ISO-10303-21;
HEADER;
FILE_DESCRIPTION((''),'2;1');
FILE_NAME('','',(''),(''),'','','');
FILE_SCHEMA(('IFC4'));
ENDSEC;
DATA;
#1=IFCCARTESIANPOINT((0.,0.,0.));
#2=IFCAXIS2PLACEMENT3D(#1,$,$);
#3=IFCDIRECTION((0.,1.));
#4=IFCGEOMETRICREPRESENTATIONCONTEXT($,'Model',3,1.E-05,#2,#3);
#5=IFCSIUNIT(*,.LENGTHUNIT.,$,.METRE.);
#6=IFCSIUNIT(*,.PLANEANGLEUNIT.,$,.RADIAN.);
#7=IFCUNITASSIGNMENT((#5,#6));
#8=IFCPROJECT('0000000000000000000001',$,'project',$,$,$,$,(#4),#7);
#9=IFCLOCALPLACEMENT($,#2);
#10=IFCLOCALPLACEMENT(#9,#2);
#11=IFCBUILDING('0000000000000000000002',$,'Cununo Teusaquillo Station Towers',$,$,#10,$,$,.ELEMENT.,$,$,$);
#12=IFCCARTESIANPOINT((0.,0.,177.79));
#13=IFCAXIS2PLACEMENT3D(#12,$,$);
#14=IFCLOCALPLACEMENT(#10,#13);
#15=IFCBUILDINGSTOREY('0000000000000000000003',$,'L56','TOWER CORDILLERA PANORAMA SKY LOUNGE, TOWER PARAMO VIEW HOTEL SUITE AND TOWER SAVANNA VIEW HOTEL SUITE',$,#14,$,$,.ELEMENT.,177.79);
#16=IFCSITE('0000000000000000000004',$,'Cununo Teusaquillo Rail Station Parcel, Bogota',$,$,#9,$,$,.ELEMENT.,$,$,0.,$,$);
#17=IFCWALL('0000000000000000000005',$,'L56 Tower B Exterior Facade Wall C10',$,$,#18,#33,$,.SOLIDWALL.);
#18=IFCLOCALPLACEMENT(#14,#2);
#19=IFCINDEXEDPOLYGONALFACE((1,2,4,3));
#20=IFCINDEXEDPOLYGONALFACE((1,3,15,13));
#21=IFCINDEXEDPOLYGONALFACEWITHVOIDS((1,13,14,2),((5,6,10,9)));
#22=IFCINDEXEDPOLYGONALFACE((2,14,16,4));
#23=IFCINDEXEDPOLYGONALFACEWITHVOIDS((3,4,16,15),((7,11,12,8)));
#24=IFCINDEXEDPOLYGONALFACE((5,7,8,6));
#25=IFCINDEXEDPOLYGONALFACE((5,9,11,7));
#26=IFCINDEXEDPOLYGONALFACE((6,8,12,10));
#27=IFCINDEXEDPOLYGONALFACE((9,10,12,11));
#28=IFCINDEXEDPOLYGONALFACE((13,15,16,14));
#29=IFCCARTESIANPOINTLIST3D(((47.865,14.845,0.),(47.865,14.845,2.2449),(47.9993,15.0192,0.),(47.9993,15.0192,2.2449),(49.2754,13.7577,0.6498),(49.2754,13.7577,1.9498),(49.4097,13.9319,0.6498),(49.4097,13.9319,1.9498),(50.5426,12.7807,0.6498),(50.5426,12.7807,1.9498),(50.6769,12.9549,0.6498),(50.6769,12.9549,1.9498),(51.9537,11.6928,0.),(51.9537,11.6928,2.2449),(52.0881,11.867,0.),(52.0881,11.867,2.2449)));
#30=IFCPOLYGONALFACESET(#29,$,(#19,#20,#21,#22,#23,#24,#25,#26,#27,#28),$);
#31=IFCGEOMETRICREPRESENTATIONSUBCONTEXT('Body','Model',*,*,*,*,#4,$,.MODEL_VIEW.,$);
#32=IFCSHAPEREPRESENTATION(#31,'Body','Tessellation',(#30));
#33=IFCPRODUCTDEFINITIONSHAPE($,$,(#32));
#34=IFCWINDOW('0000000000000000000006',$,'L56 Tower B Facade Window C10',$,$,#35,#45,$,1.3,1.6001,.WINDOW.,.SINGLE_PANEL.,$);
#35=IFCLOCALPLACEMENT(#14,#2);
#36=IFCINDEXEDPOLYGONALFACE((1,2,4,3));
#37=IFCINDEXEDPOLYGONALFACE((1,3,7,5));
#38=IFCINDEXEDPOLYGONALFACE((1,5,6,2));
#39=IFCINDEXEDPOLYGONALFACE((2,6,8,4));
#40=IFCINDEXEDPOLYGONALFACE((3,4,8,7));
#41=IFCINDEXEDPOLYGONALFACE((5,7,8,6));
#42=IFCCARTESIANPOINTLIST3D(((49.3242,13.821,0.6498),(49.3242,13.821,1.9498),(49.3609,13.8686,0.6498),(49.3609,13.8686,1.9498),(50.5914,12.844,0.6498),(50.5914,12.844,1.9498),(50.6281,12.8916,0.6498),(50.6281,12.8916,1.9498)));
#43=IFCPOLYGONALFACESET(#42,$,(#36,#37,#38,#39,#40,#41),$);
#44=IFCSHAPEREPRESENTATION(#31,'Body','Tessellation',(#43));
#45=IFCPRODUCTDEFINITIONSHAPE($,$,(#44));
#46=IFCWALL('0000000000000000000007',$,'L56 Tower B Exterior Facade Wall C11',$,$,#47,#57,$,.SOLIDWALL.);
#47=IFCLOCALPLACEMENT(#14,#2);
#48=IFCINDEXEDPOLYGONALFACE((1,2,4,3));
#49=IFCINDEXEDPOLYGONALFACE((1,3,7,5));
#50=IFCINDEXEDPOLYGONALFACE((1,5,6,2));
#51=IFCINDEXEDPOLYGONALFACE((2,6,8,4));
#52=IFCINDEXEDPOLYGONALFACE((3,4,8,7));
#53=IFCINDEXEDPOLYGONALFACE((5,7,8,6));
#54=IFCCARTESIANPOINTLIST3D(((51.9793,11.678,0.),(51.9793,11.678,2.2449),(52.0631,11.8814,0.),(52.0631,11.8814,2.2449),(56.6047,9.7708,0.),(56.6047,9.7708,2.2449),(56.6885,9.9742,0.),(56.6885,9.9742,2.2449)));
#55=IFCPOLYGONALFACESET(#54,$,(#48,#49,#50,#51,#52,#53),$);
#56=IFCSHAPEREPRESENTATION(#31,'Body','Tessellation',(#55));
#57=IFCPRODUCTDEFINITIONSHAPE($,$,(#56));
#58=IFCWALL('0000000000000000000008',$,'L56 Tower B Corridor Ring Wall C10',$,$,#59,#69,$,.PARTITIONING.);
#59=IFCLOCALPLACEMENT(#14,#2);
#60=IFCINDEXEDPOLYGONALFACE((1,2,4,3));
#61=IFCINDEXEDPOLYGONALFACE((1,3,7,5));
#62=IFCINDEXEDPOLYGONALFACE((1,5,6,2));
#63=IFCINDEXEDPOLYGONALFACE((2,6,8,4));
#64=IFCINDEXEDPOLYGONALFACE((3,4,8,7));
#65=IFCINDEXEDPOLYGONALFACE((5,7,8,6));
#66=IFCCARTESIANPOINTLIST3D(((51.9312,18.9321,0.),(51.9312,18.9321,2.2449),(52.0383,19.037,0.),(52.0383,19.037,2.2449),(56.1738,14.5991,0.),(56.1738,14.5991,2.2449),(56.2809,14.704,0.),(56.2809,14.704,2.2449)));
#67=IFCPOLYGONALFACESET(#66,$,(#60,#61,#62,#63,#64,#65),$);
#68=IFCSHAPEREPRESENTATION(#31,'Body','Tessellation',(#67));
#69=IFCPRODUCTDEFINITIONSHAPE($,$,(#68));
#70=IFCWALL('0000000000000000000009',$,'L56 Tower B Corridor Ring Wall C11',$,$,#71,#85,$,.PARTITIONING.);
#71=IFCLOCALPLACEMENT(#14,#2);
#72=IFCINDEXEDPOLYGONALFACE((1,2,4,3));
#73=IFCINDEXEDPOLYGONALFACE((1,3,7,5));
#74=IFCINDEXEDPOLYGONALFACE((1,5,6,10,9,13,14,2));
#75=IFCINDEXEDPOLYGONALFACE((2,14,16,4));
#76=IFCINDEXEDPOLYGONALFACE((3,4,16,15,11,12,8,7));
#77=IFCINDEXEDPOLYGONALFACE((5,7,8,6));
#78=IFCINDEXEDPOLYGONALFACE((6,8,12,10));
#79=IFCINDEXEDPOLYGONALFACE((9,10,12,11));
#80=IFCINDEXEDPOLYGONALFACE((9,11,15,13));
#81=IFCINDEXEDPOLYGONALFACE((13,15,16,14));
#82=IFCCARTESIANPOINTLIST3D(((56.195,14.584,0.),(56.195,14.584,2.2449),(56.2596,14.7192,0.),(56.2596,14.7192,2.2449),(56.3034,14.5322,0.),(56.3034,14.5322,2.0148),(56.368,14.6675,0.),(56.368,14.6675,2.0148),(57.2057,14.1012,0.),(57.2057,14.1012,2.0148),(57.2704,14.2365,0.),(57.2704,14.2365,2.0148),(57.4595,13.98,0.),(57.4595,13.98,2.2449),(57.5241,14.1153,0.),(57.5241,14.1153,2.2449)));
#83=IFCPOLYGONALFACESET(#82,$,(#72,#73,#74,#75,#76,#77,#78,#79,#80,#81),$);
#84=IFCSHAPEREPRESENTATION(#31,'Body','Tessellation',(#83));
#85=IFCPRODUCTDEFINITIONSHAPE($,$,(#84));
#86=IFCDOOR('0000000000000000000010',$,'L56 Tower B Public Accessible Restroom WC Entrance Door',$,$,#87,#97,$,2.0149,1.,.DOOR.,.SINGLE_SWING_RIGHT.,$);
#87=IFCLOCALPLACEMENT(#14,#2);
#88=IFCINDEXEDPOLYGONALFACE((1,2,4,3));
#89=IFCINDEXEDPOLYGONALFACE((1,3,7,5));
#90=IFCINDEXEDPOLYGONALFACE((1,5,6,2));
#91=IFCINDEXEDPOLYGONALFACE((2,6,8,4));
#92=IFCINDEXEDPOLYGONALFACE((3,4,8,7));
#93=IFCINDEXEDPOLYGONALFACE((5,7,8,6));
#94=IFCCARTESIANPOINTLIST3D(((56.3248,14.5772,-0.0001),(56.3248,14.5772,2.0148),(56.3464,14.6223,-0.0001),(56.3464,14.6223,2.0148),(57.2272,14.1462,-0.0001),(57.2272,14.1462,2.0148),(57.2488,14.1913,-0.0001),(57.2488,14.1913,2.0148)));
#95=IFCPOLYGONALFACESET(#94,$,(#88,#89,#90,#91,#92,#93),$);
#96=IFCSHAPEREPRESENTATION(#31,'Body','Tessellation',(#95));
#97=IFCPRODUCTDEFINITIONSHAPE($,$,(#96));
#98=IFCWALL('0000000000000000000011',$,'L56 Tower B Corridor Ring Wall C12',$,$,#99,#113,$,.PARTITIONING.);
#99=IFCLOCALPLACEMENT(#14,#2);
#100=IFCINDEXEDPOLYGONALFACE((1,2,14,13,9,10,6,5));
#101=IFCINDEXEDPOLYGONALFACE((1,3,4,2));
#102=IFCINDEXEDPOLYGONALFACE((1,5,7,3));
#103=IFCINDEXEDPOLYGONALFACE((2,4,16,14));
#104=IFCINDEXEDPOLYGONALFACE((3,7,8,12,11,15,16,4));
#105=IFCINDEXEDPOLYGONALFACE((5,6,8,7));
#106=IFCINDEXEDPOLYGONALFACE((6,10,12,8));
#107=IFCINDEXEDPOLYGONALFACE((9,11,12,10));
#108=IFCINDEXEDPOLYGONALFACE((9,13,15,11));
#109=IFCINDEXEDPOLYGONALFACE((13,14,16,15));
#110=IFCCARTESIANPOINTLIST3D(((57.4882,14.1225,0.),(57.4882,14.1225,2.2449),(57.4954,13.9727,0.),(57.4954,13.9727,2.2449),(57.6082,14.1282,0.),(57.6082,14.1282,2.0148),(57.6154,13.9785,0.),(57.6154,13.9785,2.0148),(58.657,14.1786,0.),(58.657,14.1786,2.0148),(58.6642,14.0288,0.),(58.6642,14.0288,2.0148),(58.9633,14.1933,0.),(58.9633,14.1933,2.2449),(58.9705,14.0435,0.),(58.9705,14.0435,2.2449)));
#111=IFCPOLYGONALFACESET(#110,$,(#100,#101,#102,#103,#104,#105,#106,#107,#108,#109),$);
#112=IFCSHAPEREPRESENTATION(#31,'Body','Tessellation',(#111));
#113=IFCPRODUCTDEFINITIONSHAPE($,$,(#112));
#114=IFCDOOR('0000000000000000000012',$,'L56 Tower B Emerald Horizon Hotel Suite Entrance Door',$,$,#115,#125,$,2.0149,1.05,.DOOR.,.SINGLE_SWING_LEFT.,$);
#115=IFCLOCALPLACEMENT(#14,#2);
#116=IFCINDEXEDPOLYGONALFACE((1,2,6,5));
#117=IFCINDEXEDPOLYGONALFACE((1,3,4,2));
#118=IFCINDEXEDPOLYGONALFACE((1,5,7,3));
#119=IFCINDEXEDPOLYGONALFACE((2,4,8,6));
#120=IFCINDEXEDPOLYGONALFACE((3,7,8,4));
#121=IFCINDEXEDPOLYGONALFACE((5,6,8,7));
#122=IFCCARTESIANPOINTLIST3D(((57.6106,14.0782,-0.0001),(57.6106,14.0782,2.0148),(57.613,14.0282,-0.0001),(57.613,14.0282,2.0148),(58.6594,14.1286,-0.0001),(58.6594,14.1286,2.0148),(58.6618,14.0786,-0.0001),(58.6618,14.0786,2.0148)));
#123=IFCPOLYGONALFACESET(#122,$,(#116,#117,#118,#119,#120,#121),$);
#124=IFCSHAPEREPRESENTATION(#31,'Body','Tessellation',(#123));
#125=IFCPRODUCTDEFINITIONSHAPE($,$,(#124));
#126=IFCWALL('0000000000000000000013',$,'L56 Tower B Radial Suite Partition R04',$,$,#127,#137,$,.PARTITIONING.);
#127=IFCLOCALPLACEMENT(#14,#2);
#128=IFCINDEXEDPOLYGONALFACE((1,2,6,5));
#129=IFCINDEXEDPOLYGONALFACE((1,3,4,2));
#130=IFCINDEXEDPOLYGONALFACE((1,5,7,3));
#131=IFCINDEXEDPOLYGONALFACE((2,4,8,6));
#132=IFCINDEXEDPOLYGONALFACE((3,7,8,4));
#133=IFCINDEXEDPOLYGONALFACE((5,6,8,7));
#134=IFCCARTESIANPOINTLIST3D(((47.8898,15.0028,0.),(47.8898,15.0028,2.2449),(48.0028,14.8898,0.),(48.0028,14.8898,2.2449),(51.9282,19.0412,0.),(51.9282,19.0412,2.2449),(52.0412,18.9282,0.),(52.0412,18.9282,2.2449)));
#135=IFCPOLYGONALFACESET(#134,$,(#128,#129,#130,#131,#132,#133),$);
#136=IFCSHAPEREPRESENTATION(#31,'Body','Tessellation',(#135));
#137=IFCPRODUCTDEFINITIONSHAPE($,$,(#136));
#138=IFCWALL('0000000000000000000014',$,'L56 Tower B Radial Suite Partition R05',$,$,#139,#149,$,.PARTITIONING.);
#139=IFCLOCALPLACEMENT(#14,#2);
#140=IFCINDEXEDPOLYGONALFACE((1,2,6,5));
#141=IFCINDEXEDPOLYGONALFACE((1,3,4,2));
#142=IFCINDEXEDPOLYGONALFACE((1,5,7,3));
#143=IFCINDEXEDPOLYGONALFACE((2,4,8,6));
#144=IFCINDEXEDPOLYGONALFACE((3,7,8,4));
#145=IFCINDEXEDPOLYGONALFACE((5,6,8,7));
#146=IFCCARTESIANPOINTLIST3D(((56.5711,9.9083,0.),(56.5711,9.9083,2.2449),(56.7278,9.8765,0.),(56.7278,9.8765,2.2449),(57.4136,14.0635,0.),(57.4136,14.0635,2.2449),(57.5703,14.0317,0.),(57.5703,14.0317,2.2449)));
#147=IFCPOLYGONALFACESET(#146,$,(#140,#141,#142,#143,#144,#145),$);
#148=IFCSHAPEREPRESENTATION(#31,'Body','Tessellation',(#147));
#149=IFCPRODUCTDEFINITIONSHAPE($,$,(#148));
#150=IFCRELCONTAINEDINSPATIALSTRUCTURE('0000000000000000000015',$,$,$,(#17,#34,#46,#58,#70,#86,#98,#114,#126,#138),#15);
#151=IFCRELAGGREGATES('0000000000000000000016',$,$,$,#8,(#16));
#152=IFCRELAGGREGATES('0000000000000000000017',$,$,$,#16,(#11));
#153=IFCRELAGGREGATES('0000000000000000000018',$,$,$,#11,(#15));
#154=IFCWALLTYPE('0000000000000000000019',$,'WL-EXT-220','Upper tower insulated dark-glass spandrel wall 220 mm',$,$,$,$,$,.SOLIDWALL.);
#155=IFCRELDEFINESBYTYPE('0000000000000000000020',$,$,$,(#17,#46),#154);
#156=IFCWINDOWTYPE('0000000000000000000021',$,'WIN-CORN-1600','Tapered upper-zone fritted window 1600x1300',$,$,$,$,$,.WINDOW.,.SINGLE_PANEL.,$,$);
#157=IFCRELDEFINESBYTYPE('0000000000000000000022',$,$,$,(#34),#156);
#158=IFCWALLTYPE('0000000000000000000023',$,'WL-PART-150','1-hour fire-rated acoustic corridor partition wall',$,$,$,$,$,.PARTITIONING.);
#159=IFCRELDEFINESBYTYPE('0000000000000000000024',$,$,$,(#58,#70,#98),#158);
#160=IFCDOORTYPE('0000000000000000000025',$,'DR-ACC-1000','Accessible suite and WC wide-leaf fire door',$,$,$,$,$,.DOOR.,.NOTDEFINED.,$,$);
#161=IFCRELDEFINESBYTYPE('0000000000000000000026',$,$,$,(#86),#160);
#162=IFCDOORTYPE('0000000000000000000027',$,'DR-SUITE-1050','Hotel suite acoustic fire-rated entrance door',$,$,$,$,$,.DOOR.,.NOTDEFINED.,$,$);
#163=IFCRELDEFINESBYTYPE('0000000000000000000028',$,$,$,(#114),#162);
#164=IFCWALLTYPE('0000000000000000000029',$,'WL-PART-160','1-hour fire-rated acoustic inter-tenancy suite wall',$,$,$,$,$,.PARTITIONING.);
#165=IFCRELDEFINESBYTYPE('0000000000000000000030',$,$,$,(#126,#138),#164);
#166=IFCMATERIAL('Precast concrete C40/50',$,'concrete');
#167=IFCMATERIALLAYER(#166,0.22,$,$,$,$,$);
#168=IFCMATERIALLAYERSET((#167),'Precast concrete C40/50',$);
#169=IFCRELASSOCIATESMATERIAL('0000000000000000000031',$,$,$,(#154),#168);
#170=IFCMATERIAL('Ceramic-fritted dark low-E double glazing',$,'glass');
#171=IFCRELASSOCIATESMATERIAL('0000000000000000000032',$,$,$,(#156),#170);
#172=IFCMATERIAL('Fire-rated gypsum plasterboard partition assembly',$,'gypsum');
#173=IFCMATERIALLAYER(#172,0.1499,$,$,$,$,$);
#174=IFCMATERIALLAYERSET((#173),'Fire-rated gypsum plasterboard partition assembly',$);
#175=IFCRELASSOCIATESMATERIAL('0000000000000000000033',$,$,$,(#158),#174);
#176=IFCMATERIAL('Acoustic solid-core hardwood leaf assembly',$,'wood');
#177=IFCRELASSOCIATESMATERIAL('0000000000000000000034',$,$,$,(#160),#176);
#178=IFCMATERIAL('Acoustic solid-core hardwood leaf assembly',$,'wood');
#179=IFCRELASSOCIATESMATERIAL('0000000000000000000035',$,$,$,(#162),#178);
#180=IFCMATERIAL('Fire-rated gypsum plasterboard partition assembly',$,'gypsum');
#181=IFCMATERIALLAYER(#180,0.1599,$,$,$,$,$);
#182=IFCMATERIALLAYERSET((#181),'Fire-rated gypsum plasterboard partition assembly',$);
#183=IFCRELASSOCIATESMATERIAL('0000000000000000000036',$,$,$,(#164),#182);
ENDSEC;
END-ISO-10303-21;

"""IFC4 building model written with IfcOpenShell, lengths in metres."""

from ifc_helpers import new_model, si_unit, direction, frame, frame_2d, origin, place, context, subcontext, project, spatial, rectangle, extrude, source, transform, mapped, material, layer, layer_set, type_object, element, fill, save


model = new_model("IFC4")

# Units and contexts
model_context = context("Model", 3, precision=1e-05, world=origin(), true_north=direction((0.0, 1.0)))
body_context = subcontext(model_context, "Body", "Model", "MODEL_VIEW")
ifc_project = project(units=[si_unit("LENGTHUNIT", "METRE"), si_unit("PLANEANGLEUNIT", "RADIAN")], contexts=[model_context])

# Site, building, storey
site_placement = place(None, origin())
site = spatial("IfcSite", under=ifc_project, at=site_placement, Name="Cununo Teusaquillo Rail Station Parcel, Bogota", CompositionType="ELEMENT", RefElevation=0.0)
building_placement = place(site_placement, origin())
building = spatial("IfcBuilding", under=site, at=building_placement, Name="Cununo Teusaquillo Station Towers", CompositionType="ELEMENT")
storey_placement = place(building_placement, frame((0.0, 0.0, 177.79)))
storey = spatial("IfcBuildingStorey", under=building, at=storey_placement, Name="L56", Description="TOWER CORDILLERA PANORAMA SKY LOUNGE, TOWER PARAMO VIEW HOTEL SUITE AND TOWER SAVANNA VIEW HOTEL SUITE", CompositionType="ELEMENT", Elevation=177.79)

# Wall, opening, window
ifc_material_1 = material(Name="Precast concrete C40/50", Category="concrete")
ifc_layer_1 = layer(ifc_material_1, 0.22)
ifc_layer_set_1 = layer_set([ifc_layer_1], Name="Precast concrete C40/50")
wall_type_1 = type_object("IfcWallType", Name="WL-EXT-220", Description="Upper tower insulated dark-glass spandrel wall 220 mm", PredefinedType="SOLIDWALL", material=ifc_layer_set_1)
wall_1_placement = place(storey_placement, frame((52.021, 11.7798, 0.0), z_axis=(0.0, 0.0, 1.0), x_axis=(-0.791963, 0.61057, 0.0)))
wall_1 = element("IfcWall", 1, at=wall_1_placement, inside=storey, type_object=wall_type_1, Name="L56 Tower B Exterior Facade Wall C10", PredefinedType="SOLIDWALL", context=body_context, shape_type="SweptSolid", body=[
    extrude(rectangle(XDim=5.1628, YDim=0.22, at=frame_2d((2.5815, 0.0))), origin(), (0.0, 0.0, 1.0), 2.2449),
])
shared_shape_1 = source(origin(), body_context, "Body", "SweptSolid", [
    extrude(rectangle(XDim=1.6001, YDim=1.3, at=frame_2d((0.8, 0.6499))), frame((0.0, 0.1199, 0.0), z_axis=(0.0, -1.0, 0.0), x_axis=(1.0, 0.0, 0.0)), (0.0, 0.0, 1.0), 0.24),
])
opening_1_placement = place(wall_1_placement, frame((1.782, 0.0, 0.6499)))
opening_1 = element("IfcOpeningElement", 2, at=opening_1_placement, cuts=wall_1, PredefinedType="OPENING", context=body_context, shape_type="MappedRepresentation", body=[
    mapped(shared_shape_1, transform((0.0, 0.0, 0.0), x_axis=(1.0, 0.0, 0.0), y_axis=(0.0, 1.0, 0.0), z_axis=(0.0, 0.0, 1.0), scale=1.0)),
])
ifc_material_2 = material(Name="Ceramic-fritted dark low-E double glazing", Category="glass")
window_type = type_object("IfcWindowType", Name="WIN-CORN-1600", Description="Tapered upper-zone fritted window 1600x1300", PartitioningType="SINGLE_PANEL", PredefinedType="WINDOW", material=ifc_material_2)
shared_shape_2 = source(origin(), body_context, "Body", "SweptSolid", [
    extrude(rectangle(XDim=1.6001, YDim=1.3, at=frame_2d((0.8, 0.6499))), frame((0.0, 0.03, 0.0), z_axis=(0.0, -1.0, 0.0), x_axis=(1.0, 0.0, 0.0)), (0.0, 0.0, 1.0), 0.0601),
])
window_placement = place(opening_1_placement, origin())
window = element("IfcWindow", 3, at=window_placement, inside=storey, type_object=window_type, Name="L56 Tower B Facade Window C10", OverallHeight=1.3, OverallWidth=1.6001, PartitioningType="SINGLE_PANEL", PredefinedType="WINDOW", context=body_context, shape_type="MappedRepresentation", body=[
    mapped(shared_shape_2, transform((0.0, 0.0, 0.0), x_axis=(1.0, 0.0, 0.0), y_axis=(0.0, 1.0, 0.0), z_axis=(0.0, 0.0, 1.0), scale=1.0)),
])
fill(opening_1, window)

# Walls
wall_2_placement = place(storey_placement, frame((56.6465, 9.8726, 0.0), z_axis=(0.0, 0.0, 1.0), x_axis=(-0.924494, 0.381196, 0.0)))
element("IfcWall", 4, at=wall_2_placement, inside=storey, type_object=wall_type_1, Name="L56 Tower B Exterior Facade Wall C11", PredefinedType="SOLIDWALL", context=body_context, shape_type="SweptSolid", body=[
    extrude(rectangle(XDim=5.0032, YDim=0.22, at=frame_2d((2.5015, 0.0))), origin(), (0.0, 0.0, 1.0), 2.2449),
])
ifc_material_3 = material(Name="Fire-rated gypsum plasterboard partition assembly", Category="gypsum")
ifc_layer_2 = layer(ifc_material_3, 0.1499)
ifc_layer_set_2 = layer_set([ifc_layer_2], Name="Fire-rated gypsum plasterboard partition assembly")
wall_type_2 = type_object("IfcWallType", Name="WL-PART-150", Description="1-hour fire-rated acoustic corridor partition wall", PredefinedType="PARTITIONING", material=ifc_layer_set_2)
wall_3_placement = place(storey_placement, frame((51.9846, 18.9846, 0.0), z_axis=(0.0, 0.0, 1.0), x_axis=(0.69962, -0.714515, 0.0)))
element("IfcWall", 5, at=wall_3_placement, inside=storey, type_object=wall_type_2, Name="L56 Tower B Corridor Ring Wall C10", PredefinedType="PARTITIONING", context=body_context, shape_type="SweptSolid", body=[
    extrude(rectangle(XDim=6.0642, YDim=0.1499, at=frame_2d((3.0322, 0.0))), origin(), (0.0, 0.0, 1.0), 2.2449),
])

# Walls, openings, doors
wall_4_placement = place(storey_placement, frame((56.2273, 14.6516, 0.0), z_axis=(0.0, 0.0, 1.0), x_axis=(0.902364, -0.430975, 0.0)))
wall_4 = element("IfcWall", 6, at=wall_4_placement, inside=storey, type_object=wall_type_2, Name="L56 Tower B Corridor Ring Wall C11", PredefinedType="PARTITIONING", context=body_context, shape_type="SweptSolid", body=[
    extrude(rectangle(XDim=1.4014, YDim=0.1499, at=frame_2d((0.7007, 0.0))), origin(), (0.0, 0.0, 1.0), 2.2449),
])
shared_shape_3 = source(origin(), body_context, "Body", "SweptSolid", [
    extrude(rectangle(XDim=1.0, YDim=2.0149, at=frame_2d((0.5, 1.0073))), frame((0.0, 0.085, 0.0), z_axis=(0.0, -1.0, 0.0), x_axis=(1.0, 0.0, 0.0)), (0.0, 0.0, 1.0), 0.1699),
])
opening_2_placement = place(wall_4_placement, frame((0.1201, 0.0, 0.0)))
opening_2 = element("IfcOpeningElement", 7, at=opening_2_placement, cuts=wall_4, PredefinedType="OPENING", context=body_context, shape_type="MappedRepresentation", body=[
    mapped(shared_shape_3, transform((0.0, 0.0, 0.0), x_axis=(1.0, 0.0, 0.0), y_axis=(0.0, 1.0, 0.0), z_axis=(0.0, 0.0, 1.0), scale=1.0)),
])
ifc_material_4 = material(Name="Acoustic solid-core hardwood leaf assembly", Category="wood")
door_type_1 = type_object("IfcDoorType", Name="DR-ACC-1000", Description="Accessible suite and WC wide-leaf fire door", OperationType="NOTDEFINED", PredefinedType="DOOR", material=ifc_material_4)
shared_shape_4 = source(origin(), body_context, "Body", "SweptSolid", [
    extrude(rectangle(XDim=1.0, YDim=2.0149, at=frame_2d((0.5, 1.0073))), frame((0.0, 0.0249, 0.0), z_axis=(0.0, -1.0, 0.0), x_axis=(1.0, 0.0, 0.0)), (0.0, 0.0, 1.0), 0.05),
])
door_1_placement = place(opening_2_placement, origin())
door_1 = element("IfcDoor", 8, at=door_1_placement, inside=storey, type_object=door_type_1, Name="L56 Tower B Public Accessible Restroom WC Entrance Door", OperationType="SINGLE_SWING_RIGHT", OverallHeight=2.0149, OverallWidth=1.0, PredefinedType="DOOR", context=body_context, shape_type="MappedRepresentation", body=[
    mapped(shared_shape_4, transform((0.0, 0.0, 0.0), x_axis=(1.0, 0.0, 0.0), y_axis=(0.0, 1.0, 0.0), z_axis=(0.0, 0.0, 1.0), scale=1.0)),
])
fill(opening_2, door_1)
wall_5_placement = place(storey_placement, frame((57.4919, 14.0476, 0.0), z_axis=(0.0, 0.0, 1.0), x_axis=(0.99885, 0.047942, 0.0)))
wall_5 = element("IfcWall", 9, at=wall_5_placement, inside=storey, type_object=wall_type_2, Name="L56 Tower B Corridor Ring Wall C12", PredefinedType="PARTITIONING", context=body_context, shape_type="SweptSolid", body=[
    extrude(rectangle(XDim=1.4768, YDim=0.1499, at=frame_2d((0.7383, 0.0))), origin(), (0.0, 0.0, 1.0), 2.2449),
])
shared_shape_5 = source(origin(), body_context, "Body", "SweptSolid", [
    extrude(rectangle(XDim=1.05, YDim=2.0149, at=frame_2d((0.5249, 1.0073))), frame((0.0, 0.085, 0.0), z_axis=(0.0, -1.0, 0.0), x_axis=(1.0, 0.0, 0.0)), (0.0, 0.0, 1.0), 0.1699),
])
opening_3_placement = place(wall_5_placement, frame((0.1201, 0.0, 0.0)))
opening_3 = element("IfcOpeningElement", 10, at=opening_3_placement, cuts=wall_5, PredefinedType="OPENING", context=body_context, shape_type="MappedRepresentation", body=[
    mapped(shared_shape_5, transform((0.0, 0.0, 0.0), x_axis=(1.0, 0.0, 0.0), y_axis=(0.0, 1.0, 0.0), z_axis=(0.0, 0.0, 1.0), scale=1.0)),
])
ifc_material_5 = material(Name="Acoustic solid-core hardwood leaf assembly", Category="wood")
door_type_2 = type_object("IfcDoorType", Name="DR-SUITE-1050", Description="Hotel suite acoustic fire-rated entrance door", OperationType="NOTDEFINED", PredefinedType="DOOR", material=ifc_material_5)
shared_shape_6 = source(origin(), body_context, "Body", "SweptSolid", [
    extrude(rectangle(XDim=1.05, YDim=2.0149, at=frame_2d((0.5249, 1.0073))), frame((0.0, 0.0249, 0.0), z_axis=(0.0, -1.0, 0.0), x_axis=(1.0, 0.0, 0.0)), (0.0, 0.0, 1.0), 0.05),
])
door_2_placement = place(opening_3_placement, origin())
door_2 = element("IfcDoor", 11, at=door_2_placement, inside=storey, type_object=door_type_2, Name="L56 Tower B Emerald Horizon Hotel Suite Entrance Door", OperationType="SINGLE_SWING_LEFT", OverallHeight=2.0149, OverallWidth=1.05, PredefinedType="DOOR", context=body_context, shape_type="MappedRepresentation", body=[
    mapped(shared_shape_6, transform((0.0, 0.0, 0.0), x_axis=(1.0, 0.0, 0.0), y_axis=(0.0, 1.0, 0.0), z_axis=(0.0, 0.0, 1.0), scale=1.0)),
])
fill(opening_3, door_2)

# Walls
ifc_material_6 = material(Name="Fire-rated gypsum plasterboard partition assembly", Category="gypsum")
ifc_layer_3 = layer(ifc_material_6, 0.1599)
ifc_layer_set_3 = layer_set([ifc_layer_3], Name="Fire-rated gypsum plasterboard partition assembly")
wall_type_3 = type_object("IfcWallType", Name="WL-PART-160", Description="1-hour fire-rated acoustic inter-tenancy suite wall", PredefinedType="PARTITIONING", material=ifc_layer_set_3)
wall_6_placement = place(storey_placement, frame((51.9846, 18.9846, 0.0), z_axis=(0.0, 0.0, 1.0), x_axis=(-0.707107, -0.707107, 0.0)))
element("IfcWall", 12, at=wall_6_placement, inside=storey, type_object=wall_type_3, Name="L56 Tower B Radial Suite Partition R04", PredefinedType="PARTITIONING", context=body_context, shape_type="SweptSolid", body=[
    extrude(rectangle(XDim=5.7112, YDim=0.1599, at=frame_2d((2.8555, 0.0))), origin(), (0.0, 0.0, 1.0), 2.2449),
])
wall_7_placement = place(storey_placement, frame((57.4919, 14.0476, 0.0), z_axis=(0.0, 0.0, 1.0), x_axis=(-0.198718, -0.980057, 0.0)))
element("IfcWall", 13, at=wall_7_placement, inside=storey, type_object=wall_type_3, Name="L56 Tower B Radial Suite Partition R05", PredefinedType="PARTITIONING", context=body_context, shape_type="SweptSolid", body=[
    extrude(rectangle(XDim=4.2397, YDim=0.1599, at=frame_2d((2.1199, 0.0))), origin(), (0.0, 0.0, 1.0), 2.2449),
])

save(model, "model.ifc")
